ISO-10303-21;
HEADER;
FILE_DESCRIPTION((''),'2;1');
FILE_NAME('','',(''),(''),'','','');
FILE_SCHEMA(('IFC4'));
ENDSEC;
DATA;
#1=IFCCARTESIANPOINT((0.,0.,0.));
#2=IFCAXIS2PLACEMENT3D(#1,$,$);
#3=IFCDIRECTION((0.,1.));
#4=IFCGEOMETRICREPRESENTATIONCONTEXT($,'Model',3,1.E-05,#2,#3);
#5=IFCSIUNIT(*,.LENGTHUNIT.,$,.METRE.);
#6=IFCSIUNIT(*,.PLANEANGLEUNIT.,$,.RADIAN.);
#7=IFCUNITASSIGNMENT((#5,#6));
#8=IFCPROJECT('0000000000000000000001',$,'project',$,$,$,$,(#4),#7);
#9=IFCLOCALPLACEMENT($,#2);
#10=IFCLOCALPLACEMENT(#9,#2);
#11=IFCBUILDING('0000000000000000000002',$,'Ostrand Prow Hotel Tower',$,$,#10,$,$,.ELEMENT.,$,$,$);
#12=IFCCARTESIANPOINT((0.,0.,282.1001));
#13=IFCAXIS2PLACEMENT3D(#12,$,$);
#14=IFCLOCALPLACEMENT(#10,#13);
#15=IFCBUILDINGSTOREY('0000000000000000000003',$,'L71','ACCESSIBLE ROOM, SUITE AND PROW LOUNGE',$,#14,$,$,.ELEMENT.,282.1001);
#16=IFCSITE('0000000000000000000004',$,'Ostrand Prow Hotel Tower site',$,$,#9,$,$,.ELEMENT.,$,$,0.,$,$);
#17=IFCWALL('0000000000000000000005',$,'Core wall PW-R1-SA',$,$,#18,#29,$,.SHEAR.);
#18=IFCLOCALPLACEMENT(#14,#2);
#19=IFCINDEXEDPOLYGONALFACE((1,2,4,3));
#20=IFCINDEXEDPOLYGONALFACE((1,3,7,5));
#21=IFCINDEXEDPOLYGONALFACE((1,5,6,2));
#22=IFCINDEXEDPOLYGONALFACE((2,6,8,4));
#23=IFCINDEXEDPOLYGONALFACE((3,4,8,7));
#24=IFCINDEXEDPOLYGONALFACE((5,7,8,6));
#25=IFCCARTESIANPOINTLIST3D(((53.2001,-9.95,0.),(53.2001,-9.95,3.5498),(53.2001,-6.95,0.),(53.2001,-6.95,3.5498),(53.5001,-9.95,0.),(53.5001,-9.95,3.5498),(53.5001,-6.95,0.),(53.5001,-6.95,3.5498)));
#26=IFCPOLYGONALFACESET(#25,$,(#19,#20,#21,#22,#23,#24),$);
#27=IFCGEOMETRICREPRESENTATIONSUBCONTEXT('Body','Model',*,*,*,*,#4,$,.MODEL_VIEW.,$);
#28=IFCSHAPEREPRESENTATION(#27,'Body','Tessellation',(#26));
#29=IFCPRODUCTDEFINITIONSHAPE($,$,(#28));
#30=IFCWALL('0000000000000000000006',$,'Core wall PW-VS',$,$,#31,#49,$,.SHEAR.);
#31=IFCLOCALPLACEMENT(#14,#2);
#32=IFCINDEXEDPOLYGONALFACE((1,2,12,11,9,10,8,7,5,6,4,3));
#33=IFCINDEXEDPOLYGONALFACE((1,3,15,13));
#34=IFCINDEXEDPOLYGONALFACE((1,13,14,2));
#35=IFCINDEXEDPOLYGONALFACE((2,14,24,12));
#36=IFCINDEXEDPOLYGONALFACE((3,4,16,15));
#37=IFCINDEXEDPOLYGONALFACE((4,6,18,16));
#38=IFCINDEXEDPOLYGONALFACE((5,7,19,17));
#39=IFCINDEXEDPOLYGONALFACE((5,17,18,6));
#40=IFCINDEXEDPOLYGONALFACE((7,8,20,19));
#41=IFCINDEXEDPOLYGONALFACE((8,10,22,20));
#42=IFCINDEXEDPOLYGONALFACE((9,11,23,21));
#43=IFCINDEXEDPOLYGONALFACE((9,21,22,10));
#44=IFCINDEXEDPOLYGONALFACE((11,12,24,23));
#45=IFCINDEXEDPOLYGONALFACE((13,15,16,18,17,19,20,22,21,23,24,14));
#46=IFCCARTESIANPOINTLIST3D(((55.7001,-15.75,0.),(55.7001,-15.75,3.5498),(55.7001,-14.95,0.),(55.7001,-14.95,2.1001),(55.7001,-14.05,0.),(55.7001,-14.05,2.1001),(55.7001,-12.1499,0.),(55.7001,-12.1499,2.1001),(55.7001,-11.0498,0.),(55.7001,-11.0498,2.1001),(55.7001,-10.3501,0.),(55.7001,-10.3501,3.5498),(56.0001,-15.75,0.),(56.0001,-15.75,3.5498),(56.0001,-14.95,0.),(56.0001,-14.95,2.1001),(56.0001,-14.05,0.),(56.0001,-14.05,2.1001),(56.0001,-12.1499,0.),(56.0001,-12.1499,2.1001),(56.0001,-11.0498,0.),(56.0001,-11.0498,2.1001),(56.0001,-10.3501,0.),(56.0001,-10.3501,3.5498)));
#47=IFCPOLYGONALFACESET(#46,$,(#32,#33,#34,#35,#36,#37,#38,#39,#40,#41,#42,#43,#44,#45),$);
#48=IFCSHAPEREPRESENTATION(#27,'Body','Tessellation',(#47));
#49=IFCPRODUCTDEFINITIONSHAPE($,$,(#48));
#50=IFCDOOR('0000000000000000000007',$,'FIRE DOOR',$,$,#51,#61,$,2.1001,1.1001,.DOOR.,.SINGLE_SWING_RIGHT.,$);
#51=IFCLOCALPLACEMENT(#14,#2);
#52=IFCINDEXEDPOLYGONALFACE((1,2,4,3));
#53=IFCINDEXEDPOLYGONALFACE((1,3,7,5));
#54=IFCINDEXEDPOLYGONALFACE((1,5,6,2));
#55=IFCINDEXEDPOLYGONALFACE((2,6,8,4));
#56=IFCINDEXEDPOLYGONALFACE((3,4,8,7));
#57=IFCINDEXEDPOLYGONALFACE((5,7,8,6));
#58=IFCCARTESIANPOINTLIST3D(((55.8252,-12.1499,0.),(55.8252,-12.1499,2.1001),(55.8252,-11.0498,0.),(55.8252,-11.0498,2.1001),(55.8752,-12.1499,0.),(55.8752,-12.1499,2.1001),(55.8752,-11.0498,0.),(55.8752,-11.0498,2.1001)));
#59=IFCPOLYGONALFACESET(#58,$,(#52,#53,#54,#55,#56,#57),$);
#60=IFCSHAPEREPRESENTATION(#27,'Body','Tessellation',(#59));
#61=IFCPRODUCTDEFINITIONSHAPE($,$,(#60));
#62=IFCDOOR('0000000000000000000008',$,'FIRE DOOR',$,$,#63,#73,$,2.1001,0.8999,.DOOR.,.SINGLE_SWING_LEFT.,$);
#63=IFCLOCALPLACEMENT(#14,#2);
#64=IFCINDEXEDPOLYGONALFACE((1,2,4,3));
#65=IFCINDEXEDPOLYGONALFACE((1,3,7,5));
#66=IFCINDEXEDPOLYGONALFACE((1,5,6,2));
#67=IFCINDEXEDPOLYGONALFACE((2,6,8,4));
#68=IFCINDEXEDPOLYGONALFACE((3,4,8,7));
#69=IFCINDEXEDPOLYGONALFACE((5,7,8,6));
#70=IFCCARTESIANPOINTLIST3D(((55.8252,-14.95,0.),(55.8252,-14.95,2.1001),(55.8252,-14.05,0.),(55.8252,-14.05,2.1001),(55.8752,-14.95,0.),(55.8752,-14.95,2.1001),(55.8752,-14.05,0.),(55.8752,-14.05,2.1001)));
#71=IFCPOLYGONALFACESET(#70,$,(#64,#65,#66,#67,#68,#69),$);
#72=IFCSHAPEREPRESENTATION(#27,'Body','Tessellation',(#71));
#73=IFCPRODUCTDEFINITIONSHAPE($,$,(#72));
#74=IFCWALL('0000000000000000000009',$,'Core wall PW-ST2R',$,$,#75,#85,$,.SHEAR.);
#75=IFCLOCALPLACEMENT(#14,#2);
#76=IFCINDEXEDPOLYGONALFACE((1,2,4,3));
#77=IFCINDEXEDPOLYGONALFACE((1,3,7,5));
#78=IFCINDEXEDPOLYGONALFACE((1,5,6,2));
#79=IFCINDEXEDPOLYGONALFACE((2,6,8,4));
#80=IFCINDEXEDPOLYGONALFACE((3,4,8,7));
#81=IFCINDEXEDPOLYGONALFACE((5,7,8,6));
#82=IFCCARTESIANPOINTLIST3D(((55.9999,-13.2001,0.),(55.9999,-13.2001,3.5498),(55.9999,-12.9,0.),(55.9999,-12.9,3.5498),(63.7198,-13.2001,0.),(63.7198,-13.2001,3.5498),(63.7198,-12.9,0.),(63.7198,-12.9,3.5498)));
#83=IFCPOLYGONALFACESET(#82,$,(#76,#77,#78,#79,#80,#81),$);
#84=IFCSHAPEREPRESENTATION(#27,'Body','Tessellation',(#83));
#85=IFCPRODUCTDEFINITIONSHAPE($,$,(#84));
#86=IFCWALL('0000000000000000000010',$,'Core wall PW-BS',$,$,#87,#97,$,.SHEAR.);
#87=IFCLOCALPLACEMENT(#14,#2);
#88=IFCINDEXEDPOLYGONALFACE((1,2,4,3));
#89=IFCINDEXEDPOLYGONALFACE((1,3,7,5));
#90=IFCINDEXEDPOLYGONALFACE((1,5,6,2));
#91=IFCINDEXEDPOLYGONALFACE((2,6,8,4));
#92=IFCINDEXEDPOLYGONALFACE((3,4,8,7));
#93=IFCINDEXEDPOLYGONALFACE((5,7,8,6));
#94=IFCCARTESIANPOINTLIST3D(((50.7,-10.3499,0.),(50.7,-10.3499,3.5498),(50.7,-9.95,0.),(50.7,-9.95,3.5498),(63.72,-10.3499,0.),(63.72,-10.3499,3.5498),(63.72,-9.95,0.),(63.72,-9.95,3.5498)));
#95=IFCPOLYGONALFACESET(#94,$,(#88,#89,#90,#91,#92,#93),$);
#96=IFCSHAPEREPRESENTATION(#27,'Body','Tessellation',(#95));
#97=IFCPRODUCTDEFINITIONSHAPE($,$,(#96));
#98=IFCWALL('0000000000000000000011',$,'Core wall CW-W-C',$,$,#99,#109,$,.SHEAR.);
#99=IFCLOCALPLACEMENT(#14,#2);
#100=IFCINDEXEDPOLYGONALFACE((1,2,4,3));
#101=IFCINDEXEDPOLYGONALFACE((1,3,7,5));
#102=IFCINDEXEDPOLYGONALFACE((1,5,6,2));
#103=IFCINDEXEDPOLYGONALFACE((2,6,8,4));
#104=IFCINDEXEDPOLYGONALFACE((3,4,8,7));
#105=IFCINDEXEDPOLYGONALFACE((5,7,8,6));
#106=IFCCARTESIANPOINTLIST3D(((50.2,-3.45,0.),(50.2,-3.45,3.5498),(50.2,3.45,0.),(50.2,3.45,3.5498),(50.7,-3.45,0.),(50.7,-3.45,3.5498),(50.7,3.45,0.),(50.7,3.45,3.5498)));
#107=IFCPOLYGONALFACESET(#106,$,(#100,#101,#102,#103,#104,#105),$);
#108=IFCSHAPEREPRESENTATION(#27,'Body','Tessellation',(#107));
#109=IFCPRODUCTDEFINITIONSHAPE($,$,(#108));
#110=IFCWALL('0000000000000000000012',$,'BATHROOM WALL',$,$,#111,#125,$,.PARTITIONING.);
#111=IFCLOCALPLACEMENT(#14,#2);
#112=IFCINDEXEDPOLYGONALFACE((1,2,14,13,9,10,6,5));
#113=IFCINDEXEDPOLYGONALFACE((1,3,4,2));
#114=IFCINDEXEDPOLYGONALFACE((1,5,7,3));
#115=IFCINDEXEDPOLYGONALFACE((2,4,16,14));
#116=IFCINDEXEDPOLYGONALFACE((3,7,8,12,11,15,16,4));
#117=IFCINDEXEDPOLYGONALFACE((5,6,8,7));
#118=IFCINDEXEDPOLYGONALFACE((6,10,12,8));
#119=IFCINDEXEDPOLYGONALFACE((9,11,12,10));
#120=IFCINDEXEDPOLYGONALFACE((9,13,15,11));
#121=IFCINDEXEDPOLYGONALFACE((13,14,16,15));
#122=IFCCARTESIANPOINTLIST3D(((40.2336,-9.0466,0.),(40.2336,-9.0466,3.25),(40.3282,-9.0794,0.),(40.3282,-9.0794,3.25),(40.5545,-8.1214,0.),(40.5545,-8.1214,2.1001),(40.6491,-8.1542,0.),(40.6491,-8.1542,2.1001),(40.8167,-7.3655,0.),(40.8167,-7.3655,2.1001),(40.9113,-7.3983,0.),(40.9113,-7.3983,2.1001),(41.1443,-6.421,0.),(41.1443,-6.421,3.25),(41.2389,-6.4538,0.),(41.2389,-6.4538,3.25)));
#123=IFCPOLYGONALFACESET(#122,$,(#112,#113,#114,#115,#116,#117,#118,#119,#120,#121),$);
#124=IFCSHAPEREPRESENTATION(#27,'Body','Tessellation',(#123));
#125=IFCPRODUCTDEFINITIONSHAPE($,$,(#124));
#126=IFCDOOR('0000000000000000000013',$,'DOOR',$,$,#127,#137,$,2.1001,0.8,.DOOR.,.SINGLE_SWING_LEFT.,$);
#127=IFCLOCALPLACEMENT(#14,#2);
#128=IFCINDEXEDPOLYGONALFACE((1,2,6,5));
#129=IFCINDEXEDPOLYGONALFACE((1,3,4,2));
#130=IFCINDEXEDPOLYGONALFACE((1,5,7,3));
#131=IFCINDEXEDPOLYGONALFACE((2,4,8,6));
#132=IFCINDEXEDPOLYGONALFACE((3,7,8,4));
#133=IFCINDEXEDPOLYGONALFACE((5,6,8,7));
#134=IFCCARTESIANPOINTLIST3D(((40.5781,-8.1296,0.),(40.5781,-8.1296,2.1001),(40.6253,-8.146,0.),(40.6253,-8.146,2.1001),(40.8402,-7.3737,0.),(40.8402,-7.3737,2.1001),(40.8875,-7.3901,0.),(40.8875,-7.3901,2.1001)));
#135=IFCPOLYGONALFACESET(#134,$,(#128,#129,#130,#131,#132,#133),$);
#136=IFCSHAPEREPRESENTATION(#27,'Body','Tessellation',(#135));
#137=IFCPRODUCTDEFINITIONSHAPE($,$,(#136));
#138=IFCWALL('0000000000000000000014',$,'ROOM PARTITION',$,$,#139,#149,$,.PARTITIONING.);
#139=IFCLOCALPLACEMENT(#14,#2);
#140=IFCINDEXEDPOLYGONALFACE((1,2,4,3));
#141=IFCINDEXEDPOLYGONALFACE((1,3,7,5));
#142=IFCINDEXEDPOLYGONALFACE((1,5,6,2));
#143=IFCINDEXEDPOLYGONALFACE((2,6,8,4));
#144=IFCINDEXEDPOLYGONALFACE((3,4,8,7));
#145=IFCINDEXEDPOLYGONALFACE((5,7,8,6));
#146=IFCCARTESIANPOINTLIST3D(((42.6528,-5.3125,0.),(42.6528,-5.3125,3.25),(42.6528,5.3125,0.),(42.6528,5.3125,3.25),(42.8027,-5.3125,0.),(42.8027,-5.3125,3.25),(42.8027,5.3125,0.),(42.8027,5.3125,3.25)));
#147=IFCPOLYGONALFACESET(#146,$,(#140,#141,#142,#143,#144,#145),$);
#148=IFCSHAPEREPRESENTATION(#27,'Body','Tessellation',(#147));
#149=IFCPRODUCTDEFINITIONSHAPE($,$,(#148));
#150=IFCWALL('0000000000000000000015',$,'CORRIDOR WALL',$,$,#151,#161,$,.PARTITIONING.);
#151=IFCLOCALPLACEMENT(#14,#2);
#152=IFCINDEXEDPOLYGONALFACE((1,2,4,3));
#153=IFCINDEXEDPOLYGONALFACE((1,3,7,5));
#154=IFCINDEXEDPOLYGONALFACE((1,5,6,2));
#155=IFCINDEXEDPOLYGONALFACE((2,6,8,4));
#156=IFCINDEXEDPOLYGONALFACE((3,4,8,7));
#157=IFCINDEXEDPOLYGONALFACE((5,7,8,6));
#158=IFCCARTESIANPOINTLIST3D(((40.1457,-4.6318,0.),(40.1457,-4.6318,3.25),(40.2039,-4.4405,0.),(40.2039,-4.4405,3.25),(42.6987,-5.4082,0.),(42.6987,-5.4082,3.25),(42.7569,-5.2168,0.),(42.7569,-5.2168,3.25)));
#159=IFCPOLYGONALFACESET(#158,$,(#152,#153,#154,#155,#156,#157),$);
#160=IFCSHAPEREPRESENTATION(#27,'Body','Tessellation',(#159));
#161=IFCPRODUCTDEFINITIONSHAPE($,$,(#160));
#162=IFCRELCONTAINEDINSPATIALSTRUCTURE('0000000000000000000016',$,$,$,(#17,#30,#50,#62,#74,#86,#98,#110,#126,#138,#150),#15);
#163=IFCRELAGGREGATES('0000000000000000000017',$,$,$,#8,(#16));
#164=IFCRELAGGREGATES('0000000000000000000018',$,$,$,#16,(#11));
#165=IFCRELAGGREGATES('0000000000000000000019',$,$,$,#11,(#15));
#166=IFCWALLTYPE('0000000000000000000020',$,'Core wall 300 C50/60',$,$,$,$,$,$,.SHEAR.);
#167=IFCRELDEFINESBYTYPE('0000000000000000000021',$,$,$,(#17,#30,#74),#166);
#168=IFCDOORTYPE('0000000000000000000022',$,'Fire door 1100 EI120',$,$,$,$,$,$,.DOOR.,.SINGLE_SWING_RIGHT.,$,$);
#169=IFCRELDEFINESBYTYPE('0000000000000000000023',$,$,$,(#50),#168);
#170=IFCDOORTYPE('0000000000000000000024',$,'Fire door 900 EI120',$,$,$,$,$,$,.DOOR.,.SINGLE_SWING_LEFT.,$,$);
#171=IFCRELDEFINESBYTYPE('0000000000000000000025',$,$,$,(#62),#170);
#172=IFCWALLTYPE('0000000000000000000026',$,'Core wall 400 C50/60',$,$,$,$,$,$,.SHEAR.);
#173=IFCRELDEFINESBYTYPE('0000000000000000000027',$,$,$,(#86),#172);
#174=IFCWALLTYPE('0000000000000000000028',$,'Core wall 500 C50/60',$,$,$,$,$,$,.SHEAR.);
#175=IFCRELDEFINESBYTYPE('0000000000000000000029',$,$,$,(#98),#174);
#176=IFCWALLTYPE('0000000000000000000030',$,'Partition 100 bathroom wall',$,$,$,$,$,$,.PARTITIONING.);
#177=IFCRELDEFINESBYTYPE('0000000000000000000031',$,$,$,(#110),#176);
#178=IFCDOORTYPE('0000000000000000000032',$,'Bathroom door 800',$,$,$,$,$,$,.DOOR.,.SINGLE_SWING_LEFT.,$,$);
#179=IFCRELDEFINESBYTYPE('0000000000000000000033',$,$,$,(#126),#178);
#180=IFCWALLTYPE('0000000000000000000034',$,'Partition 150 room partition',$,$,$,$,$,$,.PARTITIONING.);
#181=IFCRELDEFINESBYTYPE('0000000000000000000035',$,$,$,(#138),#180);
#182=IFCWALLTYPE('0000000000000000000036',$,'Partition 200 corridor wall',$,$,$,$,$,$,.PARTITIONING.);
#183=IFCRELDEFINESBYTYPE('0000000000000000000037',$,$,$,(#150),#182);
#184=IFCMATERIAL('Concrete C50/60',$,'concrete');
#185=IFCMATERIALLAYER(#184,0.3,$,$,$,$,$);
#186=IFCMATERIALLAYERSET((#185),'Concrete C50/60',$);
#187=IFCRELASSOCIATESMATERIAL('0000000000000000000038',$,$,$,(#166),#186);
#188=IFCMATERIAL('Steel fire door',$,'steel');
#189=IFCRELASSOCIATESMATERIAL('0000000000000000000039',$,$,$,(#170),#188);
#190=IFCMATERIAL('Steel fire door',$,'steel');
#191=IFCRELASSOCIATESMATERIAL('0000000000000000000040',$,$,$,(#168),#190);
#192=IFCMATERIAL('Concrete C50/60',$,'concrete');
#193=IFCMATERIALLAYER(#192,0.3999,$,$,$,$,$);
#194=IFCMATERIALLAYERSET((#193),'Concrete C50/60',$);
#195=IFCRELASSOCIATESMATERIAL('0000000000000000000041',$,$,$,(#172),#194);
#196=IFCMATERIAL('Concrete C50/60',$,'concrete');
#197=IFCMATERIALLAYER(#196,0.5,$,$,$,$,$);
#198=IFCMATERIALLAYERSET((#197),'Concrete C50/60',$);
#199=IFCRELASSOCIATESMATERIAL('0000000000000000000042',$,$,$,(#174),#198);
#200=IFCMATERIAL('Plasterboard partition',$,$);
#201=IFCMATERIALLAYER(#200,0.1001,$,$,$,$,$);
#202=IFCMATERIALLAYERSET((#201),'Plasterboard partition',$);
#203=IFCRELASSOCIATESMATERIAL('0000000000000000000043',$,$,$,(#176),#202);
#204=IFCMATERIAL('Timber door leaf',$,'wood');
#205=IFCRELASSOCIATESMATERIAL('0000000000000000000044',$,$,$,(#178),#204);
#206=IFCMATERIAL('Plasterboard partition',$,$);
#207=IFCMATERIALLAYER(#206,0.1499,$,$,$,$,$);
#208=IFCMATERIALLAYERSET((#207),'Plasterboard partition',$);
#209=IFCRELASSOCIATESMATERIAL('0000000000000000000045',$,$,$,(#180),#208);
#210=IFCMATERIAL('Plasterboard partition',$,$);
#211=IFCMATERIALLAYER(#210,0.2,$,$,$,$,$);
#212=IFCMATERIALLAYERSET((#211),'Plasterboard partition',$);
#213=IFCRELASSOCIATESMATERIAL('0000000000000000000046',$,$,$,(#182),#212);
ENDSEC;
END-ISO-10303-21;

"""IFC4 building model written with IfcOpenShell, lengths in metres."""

from ifc_helpers import new_model, si_unit, direction, frame, frame_2d, origin, place, context, subcontext, project, spatial, rectangle, extrude, material, layer, layer_set, type_object, element, fill, save


model = new_model("IFC4")

# Units and contexts
model_context = context("Model", 3, precision=1e-05, world=origin(), true_north=direction((0.0, 1.0)))
body_context = subcontext(model_context, "Body", "Model", "MODEL_VIEW")
ifc_project = project(units=[si_unit("LENGTHUNIT", "METRE"), si_unit("PLANEANGLEUNIT", "RADIAN")], contexts=[model_context])

# Site, building, storey
site_placement = place(None, origin())
site = spatial("IfcSite", under=ifc_project, at=site_placement, Name="Ostrand Prow Hotel Tower site", CompositionType="ELEMENT", RefElevation=0.0)
building_placement = place(site_placement, origin())
building = spatial("IfcBuilding", under=site, at=building_placement, Name="Ostrand Prow Hotel Tower", CompositionType="ELEMENT")
storey_placement = place(building_placement, frame((0.0, 0.0, 282.1001)))
storey = spatial("IfcBuildingStorey", under=building, at=storey_placement, Name="L71", Description="ACCESSIBLE ROOM, SUITE AND PROW LOUNGE", CompositionType="ELEMENT", Elevation=282.1001)

# Shared definitions
ifc_material_1 = material(Name="Concrete C50/60", Category="concrete")
ifc_layer_1 = layer(ifc_material_1, 0.3)
ifc_layer_set_1 = layer_set([ifc_layer_1], Name="Concrete C50/60")
wall_type_1 = type_object("IfcWallType", Name="Core wall 300 C50/60", PredefinedType="SHEAR", material=ifc_layer_set_1)

# Shared definitions
ifc_material_2 = material(Name="Steel fire door", Category="steel")
door_type_1 = type_object("IfcDoorType", Name="Fire door 900 EI120", OperationType="SINGLE_SWING_LEFT", PredefinedType="DOOR", material=ifc_material_2)

# Wall
for number, where, z_axis, x_axis, name in (
    (1, (53.3501, -9.95, 0.0), (0.0, 0.0, 1.0), (0.0, 1.0, 0.0), "Core wall PW-R1-SA"),
):
    element("IfcWall", number, at=place(storey_placement, frame(where, z_axis=z_axis, x_axis=x_axis)), inside=storey, type_object=wall_type_1, Name=name, PredefinedType="SHEAR", context=body_context, shape_type="SweptSolid", body=[
        extrude(rectangle(XDim=3.0, YDim=0.3, at=frame_2d((1.5, 0.0))), origin(), (0.0, 0.0, 1.0), 3.5498),
    ])

# Wall, openings, doors
wall_1_placement = place(storey_placement, frame((55.8501, -15.75, 0.0), z_axis=(0.0, 0.0, 1.0), x_axis=(0.0, 1.0, 0.0)))
wall_1 = element("IfcWall", 2, at=wall_1_placement, inside=storey, type_object=wall_type_1, Name="Core wall PW-VS", PredefinedType="SHEAR", context=body_context, shape_type="SweptSolid", body=[
    extrude(rectangle(XDim=5.3999, YDim=0.3, at=frame_2d((2.7, 0.0))), origin(), (0.0, 0.0, 1.0), 3.5498),
])
opening_1_placement = place(wall_1_placement, frame((3.6001, 0.0, 0.0)))
opening_1 = element("IfcOpeningElement", 3, at=opening_1_placement, cuts=wall_1, PredefinedType="OPENING", context=body_context, shape_type="SweptSolid", body=[
    extrude(rectangle(XDim=1.1001, YDim=2.1001, at=frame_2d((0.55, 1.05))), frame((0.0, 0.1599, 0.0), z_axis=(0.0, -1.0, 0.0), x_axis=(1.0, 0.0, 0.0)), (0.0, 0.0, 1.0), 0.3201),
])
opening_2_placement = place(wall_1_placement, frame((0.8, 0.0, 0.0)))
opening_2 = element("IfcOpeningElement", 4, at=opening_2_placement, cuts=wall_1, PredefinedType="OPENING", context=body_context, shape_type="SweptSolid", body=[
    extrude(rectangle(XDim=0.8999, YDim=2.1001, at=frame_2d((0.45, 1.05))), frame((0.0, 0.1599, 0.0), z_axis=(0.0, -1.0, 0.0), x_axis=(1.0, 0.0, 0.0)), (0.0, 0.0, 1.0), 0.3201),
])
ifc_material_3 = material(Name="Steel fire door", Category="steel")
door_type_2 = type_object("IfcDoorType", Name="Fire door 1100 EI120", OperationType="SINGLE_SWING_RIGHT", PredefinedType="DOOR", material=ifc_material_3)
door_1_placement = place(opening_1_placement, origin())
door_1 = element("IfcDoor", 5, at=door_1_placement, inside=storey, type_object=door_type_2, Name="FIRE DOOR", OperationType="SINGLE_SWING_RIGHT", OverallHeight=2.1001, OverallWidth=1.1001, PredefinedType="DOOR", context=body_context, shape_type="SweptSolid", body=[
    extrude(rectangle(XDim=1.1001, YDim=2.1001, at=frame_2d((0.55, 1.05))), frame((0.0, 0.0249, 0.0), z_axis=(0.0, -1.0, 0.0), x_axis=(1.0, 0.0, 0.0)), (0.0, 0.0, 1.0), 0.05),
])
fill(opening_1, door_1)
door_2_placement = place(opening_2_placement, origin())
door_2 = element("IfcDoor", 6, at=door_2_placement, inside=storey, type_object=door_type_1, Name="FIRE DOOR", OperationType="SINGLE_SWING_LEFT", OverallHeight=2.1001, OverallWidth=0.8999, PredefinedType="DOOR", context=body_context, shape_type="SweptSolid", body=[
    extrude(rectangle(XDim=0.8999, YDim=2.1001, at=frame_2d((0.45, 1.05))), frame((0.0, 0.0249, 0.0), z_axis=(0.0, -1.0, 0.0), x_axis=(1.0, 0.0, 0.0)), (0.0, 0.0, 1.0), 0.05),
])
fill(opening_2, door_2)

# Walls
wall_2_placement = place(storey_placement, frame((56.0, -13.05, 0.0), z_axis=(0.0, 0.0, 1.0), x_axis=(1.0, 0.0, 0.0)))
element("IfcWall", 7, at=wall_2_placement, inside=storey, type_object=wall_type_1, Name="Core wall PW-ST2R", PredefinedType="SHEAR", context=body_context, shape_type="SweptSolid", body=[
    extrude(rectangle(XDim=7.72, YDim=0.3, at=frame_2d((3.8599, 0.0))), origin(), (0.0, 0.0, 1.0), 3.5498),
])
ifc_material_4 = material(Name="Concrete C50/60", Category="concrete")
ifc_layer_2 = layer(ifc_material_4, 0.3999)
ifc_layer_set_2 = layer_set([ifc_layer_2], Name="Concrete C50/60")
wall_type_2 = type_object("IfcWallType", Name="Core wall 400 C50/60", PredefinedType="SHEAR", material=ifc_layer_set_2)
wall_3_placement = place(storey_placement, frame((50.7, -10.1499, 0.0), z_axis=(0.0, 0.0, 1.0), x_axis=(1.0, 0.0, 0.0)))
element("IfcWall", 8, at=wall_3_placement, inside=storey, type_object=wall_type_2, Name="Core wall PW-BS", PredefinedType="SHEAR", context=body_context, shape_type="SweptSolid", body=[
    extrude(rectangle(XDim=13.02, YDim=0.3999, at=frame_2d((6.51, 0.0))), origin(), (0.0, 0.0, 1.0), 3.5498),
])
ifc_material_5 = material(Name="Concrete C50/60", Category="concrete")
ifc_layer_3 = layer(ifc_material_5, 0.5)
ifc_layer_set_3 = layer_set([ifc_layer_3], Name="Concrete C50/60")
wall_type_3 = type_object("IfcWallType", Name="Core wall 500 C50/60", PredefinedType="SHEAR", material=ifc_layer_set_3)
wall_4_placement = place(storey_placement, frame((50.45, -3.45, 0.0), z_axis=(0.0, 0.0, 1.0), x_axis=(0.0, 1.0, 0.0)))
element("IfcWall", 9, at=wall_4_placement, inside=storey, type_object=wall_type_3, Name="Core wall CW-W-C", PredefinedType="SHEAR", context=body_context, shape_type="SweptSolid", body=[
    extrude(rectangle(XDim=6.8999, YDim=0.5, at=frame_2d((3.45, 0.0))), origin(), (0.0, 0.0, 1.0), 3.5498),
])

# Wall, opening, door
ifc_material_6 = material(Name="Plasterboard partition")
ifc_layer_4 = layer(ifc_material_6, 0.1001)
ifc_layer_set_4 = layer_set([ifc_layer_4], Name="Plasterboard partition")
wall_type_4 = type_object("IfcWallType", Name="Partition 100 bathroom wall", PredefinedType="PARTITIONING", material=ifc_layer_set_4)
wall_5_placement = place(storey_placement, frame((41.1917, -6.4373, 0.0), z_axis=(0.0, 0.0, 1.0), x_axis=(-0.327696, -0.944783, 0.0)))
wall_5 = element("IfcWall", 10, at=wall_5_placement, inside=storey, type_object=wall_type_4, Name="BATHROOM WALL", PredefinedType="PARTITIONING", context=body_context, shape_type="SweptSolid", body=[
    extrude(rectangle(XDim=2.7791, YDim=0.1001, at=frame_2d((1.3896, 0.0))), origin(), (0.0, 0.0, 1.0), 3.25),
])
opening_3_placement = place(wall_5_placement, frame((1.0, 0.0, 0.0)))
opening_3 = element("IfcOpeningElement", 11, at=opening_3_placement, cuts=wall_5, PredefinedType="OPENING", context=body_context, shape_type="SweptSolid", body=[
    extrude(rectangle(XDim=0.8, YDim=2.1001, at=frame_2d((0.3999, 1.05))), frame((0.0, 0.0601, 0.0), z_axis=(0.0, -1.0, 0.0), x_axis=(1.0, 0.0, 0.0)), (0.0, 0.0, 1.0), 0.1201),
])
ifc_material_7 = material(Name="Timber door leaf", Category="wood")
door_type_3 = type_object("IfcDoorType", Name="Bathroom door 800", OperationType="SINGLE_SWING_LEFT", PredefinedType="DOOR", material=ifc_material_7)
door_3_placement = place(opening_3_placement, origin())
door_3 = element("IfcDoor", 12, at=door_3_placement, inside=storey, type_object=door_type_3, Name="DOOR", OperationType="SINGLE_SWING_LEFT", OverallHeight=2.1001, OverallWidth=0.8, PredefinedType="DOOR", context=body_context, shape_type="SweptSolid", body=[
    extrude(rectangle(XDim=0.8, YDim=2.1001, at=frame_2d((0.3999, 1.05))), frame((0.0, 0.0249, 0.0), z_axis=(0.0, -1.0, 0.0), x_axis=(1.0, 0.0, 0.0)), (0.0, 0.0, 1.0), 0.05),
])
fill(opening_3, door_3)

# Walls
ifc_material_8 = material(Name="Plasterboard partition")
ifc_layer_5 = layer(ifc_material_8, 0.1499)
ifc_layer_set_5 = layer_set([ifc_layer_5], Name="Plasterboard partition")
wall_type_5 = type_object("IfcWallType", Name="Partition 150 room partition", PredefinedType="PARTITIONING", material=ifc_layer_set_5)
wall_6_placement = place(storey_placement, frame((42.7278, -5.3125, 0.0), z_axis=(0.0, 0.0, 1.0), x_axis=(0.0, 1.0, 0.0)))
element("IfcWall", 13, at=wall_6_placement, inside=storey, type_object=wall_type_5, Name="ROOM PARTITION", PredefinedType="PARTITIONING", context=body_context, shape_type="SweptSolid", body=[
    extrude(rectangle(XDim=10.625, YDim=0.1499, at=frame_2d((5.3125, 0.0))), origin(), (0.0, 0.0, 1.0), 3.25),
])
ifc_material_9 = material(Name="Plasterboard partition")
ifc_layer_6 = layer(ifc_material_9, 0.2)
ifc_layer_set_6 = layer_set([ifc_layer_6], Name="Plasterboard partition")
wall_type_6 = type_object("IfcWallType", Name="Partition 200 corridor wall", PredefinedType="PARTITIONING", material=ifc_layer_set_6)
wall_7_placement = place(storey_placement, frame((42.7278, -5.3125, 0.0), z_axis=(0.0, 0.0, 1.0), x_axis=(-0.956739, 0.290947, 0.0)))
element("IfcWall", 14, at=wall_7_placement, inside=storey, type_object=wall_type_6, Name="CORRIDOR WALL", PredefinedType="PARTITIONING", context=body_context, shape_type="SweptSolid", body=[
    extrude(rectangle(XDim=2.6685, YDim=0.2, at=frame_2d((1.3342, 0.0))), origin(), (0.0, 0.0, 1.0), 3.25),
])

save(model, "model.ifc")
